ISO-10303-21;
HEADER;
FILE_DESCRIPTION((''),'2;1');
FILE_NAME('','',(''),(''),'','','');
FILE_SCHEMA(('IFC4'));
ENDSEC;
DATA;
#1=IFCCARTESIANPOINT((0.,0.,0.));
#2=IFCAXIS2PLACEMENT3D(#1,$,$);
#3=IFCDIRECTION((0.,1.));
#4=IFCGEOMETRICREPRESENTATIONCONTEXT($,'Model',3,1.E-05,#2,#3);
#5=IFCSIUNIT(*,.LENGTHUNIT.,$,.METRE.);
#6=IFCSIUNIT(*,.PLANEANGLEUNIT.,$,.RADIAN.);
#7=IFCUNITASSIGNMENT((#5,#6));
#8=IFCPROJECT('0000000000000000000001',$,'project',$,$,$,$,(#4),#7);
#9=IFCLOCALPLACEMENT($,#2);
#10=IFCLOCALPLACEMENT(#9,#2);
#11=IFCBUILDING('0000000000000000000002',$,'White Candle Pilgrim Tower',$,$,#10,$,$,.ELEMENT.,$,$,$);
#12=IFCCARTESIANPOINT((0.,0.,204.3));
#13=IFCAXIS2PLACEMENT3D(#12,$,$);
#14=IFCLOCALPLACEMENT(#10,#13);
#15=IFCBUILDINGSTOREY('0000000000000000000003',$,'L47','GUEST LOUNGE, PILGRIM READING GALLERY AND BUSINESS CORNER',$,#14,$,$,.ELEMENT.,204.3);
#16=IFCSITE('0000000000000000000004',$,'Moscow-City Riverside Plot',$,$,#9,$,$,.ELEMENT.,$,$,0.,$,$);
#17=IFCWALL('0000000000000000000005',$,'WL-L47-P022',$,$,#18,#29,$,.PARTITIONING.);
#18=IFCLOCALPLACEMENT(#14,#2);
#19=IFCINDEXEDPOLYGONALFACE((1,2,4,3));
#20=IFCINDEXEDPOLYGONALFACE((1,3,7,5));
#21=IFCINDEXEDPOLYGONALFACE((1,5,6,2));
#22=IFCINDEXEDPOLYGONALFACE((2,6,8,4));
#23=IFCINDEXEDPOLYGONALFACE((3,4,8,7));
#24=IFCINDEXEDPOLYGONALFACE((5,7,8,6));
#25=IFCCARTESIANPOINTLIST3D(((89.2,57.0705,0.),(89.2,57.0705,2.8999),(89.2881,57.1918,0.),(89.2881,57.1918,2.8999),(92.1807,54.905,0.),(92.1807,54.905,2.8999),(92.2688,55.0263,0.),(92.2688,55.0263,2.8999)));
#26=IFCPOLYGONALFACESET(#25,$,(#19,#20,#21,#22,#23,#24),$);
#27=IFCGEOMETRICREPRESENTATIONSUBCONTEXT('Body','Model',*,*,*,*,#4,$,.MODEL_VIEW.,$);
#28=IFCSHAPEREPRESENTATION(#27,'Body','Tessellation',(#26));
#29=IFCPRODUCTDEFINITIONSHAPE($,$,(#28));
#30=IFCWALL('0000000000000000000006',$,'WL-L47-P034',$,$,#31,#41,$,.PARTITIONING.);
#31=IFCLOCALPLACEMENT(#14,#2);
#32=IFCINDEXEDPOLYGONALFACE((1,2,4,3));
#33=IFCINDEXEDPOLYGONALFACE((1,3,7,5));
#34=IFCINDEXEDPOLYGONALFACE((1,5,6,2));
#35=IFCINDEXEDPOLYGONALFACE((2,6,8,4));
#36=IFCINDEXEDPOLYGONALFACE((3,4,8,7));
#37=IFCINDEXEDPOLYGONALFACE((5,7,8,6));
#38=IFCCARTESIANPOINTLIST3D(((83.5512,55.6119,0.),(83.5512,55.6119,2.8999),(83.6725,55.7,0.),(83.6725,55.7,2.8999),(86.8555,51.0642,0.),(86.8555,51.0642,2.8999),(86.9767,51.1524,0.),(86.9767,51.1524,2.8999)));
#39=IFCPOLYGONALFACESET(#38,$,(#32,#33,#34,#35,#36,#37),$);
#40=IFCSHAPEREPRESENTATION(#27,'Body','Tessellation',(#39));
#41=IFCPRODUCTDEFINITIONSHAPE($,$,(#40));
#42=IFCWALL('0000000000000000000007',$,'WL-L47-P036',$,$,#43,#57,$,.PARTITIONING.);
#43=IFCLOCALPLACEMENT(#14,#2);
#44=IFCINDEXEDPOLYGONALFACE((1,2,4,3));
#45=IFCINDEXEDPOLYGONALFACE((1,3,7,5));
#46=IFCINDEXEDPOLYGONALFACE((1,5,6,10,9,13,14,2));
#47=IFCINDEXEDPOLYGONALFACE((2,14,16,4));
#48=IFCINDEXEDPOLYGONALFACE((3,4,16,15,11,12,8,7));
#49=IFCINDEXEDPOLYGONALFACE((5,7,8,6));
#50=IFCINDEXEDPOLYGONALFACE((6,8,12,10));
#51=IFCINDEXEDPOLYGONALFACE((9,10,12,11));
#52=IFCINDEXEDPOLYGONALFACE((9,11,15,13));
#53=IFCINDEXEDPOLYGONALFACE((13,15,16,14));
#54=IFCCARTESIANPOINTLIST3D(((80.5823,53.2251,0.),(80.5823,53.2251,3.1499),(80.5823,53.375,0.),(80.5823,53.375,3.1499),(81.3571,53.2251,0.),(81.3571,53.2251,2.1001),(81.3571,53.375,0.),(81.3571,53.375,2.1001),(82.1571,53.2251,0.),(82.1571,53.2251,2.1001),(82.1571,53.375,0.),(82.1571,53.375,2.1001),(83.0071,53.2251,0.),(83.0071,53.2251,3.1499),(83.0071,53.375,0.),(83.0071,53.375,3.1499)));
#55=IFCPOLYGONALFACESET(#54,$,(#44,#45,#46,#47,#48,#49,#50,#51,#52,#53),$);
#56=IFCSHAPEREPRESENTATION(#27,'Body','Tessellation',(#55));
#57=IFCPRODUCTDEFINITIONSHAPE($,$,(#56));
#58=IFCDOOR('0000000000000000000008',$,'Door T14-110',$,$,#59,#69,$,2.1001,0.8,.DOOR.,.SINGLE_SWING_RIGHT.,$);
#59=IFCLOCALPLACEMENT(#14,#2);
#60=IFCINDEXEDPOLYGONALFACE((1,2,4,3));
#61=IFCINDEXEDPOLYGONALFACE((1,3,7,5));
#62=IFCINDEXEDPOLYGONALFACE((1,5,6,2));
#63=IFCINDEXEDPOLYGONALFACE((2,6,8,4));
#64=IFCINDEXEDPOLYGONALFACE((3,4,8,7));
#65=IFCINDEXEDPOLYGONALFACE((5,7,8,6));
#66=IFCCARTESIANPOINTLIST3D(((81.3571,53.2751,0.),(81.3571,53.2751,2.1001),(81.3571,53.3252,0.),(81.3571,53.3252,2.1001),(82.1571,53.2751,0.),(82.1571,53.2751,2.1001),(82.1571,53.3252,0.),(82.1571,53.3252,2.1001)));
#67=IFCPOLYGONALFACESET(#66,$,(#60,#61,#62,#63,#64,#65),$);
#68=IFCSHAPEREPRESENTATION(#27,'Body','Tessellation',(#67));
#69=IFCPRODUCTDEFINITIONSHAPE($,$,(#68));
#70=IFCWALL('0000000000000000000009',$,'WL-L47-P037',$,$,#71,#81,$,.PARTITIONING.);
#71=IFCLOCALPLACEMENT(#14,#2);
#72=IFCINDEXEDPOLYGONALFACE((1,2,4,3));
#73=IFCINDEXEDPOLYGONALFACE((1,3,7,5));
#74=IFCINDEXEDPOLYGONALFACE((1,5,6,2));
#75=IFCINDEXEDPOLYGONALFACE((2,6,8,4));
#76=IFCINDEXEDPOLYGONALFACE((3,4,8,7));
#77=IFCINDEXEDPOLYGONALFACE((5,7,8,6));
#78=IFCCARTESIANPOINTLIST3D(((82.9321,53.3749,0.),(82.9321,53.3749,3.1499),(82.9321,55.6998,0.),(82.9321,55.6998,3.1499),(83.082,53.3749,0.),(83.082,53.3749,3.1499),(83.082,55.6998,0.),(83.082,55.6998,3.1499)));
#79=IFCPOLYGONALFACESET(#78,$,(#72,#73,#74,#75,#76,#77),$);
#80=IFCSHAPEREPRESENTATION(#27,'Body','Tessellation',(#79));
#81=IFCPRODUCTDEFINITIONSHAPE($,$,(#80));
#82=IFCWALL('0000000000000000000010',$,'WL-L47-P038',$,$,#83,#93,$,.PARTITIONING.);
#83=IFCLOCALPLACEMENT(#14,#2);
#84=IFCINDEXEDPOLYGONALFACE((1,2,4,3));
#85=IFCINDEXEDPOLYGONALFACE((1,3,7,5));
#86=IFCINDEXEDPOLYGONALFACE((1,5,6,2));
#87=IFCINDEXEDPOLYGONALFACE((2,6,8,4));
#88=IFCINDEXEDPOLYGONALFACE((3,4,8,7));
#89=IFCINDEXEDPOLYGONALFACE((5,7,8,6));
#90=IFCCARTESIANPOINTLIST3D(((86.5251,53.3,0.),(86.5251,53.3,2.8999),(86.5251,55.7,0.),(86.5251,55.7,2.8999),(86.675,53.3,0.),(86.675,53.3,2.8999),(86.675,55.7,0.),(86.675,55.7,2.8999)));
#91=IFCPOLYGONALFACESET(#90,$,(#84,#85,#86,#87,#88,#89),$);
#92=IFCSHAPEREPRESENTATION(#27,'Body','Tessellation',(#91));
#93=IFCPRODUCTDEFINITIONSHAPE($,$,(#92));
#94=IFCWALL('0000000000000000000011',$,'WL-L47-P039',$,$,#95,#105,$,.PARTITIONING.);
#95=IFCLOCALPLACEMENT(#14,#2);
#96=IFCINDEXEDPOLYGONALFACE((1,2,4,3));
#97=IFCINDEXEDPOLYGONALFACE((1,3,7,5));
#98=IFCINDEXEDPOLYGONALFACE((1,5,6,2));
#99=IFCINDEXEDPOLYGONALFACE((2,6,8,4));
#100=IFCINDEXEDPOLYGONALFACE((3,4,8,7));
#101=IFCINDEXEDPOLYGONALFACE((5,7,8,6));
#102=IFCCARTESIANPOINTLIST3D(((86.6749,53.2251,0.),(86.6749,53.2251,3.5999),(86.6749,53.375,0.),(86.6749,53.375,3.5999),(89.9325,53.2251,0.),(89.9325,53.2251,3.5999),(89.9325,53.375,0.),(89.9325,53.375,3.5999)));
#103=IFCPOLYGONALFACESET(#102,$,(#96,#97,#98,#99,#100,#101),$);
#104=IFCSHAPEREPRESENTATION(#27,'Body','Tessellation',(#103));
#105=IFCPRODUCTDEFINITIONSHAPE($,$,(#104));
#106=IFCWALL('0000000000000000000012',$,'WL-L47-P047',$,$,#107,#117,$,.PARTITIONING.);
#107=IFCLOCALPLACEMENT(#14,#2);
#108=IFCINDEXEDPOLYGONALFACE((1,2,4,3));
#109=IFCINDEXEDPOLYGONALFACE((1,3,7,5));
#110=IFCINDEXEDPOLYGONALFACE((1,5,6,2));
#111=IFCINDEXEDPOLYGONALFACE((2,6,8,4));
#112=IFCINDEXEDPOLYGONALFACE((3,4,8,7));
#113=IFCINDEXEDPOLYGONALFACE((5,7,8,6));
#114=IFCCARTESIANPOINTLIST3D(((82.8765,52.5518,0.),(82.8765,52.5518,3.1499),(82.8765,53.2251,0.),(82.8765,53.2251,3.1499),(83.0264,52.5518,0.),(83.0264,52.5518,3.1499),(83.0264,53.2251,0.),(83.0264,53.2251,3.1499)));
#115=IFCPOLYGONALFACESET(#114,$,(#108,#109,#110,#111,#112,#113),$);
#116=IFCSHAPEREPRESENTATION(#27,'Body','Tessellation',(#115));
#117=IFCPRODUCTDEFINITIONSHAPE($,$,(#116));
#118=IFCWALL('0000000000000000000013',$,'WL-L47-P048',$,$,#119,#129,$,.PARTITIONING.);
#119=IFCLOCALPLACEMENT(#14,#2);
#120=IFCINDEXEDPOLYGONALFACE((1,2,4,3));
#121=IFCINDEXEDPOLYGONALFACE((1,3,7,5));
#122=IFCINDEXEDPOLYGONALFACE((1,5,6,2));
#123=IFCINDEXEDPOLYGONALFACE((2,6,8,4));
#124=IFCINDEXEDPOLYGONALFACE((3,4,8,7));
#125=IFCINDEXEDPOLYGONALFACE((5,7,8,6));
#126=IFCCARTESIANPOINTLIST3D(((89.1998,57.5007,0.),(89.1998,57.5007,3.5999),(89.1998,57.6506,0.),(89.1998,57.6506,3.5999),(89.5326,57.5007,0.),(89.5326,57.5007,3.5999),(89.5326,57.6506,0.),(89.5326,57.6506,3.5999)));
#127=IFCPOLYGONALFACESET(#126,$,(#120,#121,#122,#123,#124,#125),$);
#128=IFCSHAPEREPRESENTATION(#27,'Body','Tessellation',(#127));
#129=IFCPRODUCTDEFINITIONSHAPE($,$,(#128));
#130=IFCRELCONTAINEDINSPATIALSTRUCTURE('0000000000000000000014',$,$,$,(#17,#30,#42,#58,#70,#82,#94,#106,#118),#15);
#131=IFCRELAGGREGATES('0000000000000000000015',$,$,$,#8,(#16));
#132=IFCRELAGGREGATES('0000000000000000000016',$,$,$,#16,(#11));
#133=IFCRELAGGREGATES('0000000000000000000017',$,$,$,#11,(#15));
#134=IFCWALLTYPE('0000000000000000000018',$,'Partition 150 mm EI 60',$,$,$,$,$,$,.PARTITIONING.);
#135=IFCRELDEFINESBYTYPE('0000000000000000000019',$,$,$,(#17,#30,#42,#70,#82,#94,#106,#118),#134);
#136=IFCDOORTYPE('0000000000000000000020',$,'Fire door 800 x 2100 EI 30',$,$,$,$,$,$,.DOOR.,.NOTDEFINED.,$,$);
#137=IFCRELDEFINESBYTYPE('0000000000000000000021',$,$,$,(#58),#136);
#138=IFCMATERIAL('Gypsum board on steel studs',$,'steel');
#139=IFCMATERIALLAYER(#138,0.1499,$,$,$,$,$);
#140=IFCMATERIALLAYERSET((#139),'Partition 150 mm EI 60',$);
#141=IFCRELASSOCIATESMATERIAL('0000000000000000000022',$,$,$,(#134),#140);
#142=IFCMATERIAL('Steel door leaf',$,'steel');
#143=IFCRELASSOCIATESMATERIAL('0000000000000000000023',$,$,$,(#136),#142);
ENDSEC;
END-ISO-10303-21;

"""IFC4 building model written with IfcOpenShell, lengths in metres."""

from ifc_helpers import new_model, si_unit, direction, frame, frame_2d, origin, place, context, subcontext, project, spatial, rectangle, extrude, material, layer, layer_set, type_object, element, fill, save


model = new_model("IFC4")

# Units and contexts
model_context = context("Model", 3, precision=1e-05, world=origin(), true_north=direction((0.0, 1.0)))
body_context = subcontext(model_context, "Body", "Model", "MODEL_VIEW")
ifc_project = project(units=[si_unit("LENGTHUNIT", "METRE"), si_unit("PLANEANGLEUNIT", "RADIAN")], contexts=[model_context])

# Site, building, storey
site_placement = place(None, origin())
site = spatial("IfcSite", under=ifc_project, at=site_placement, Name="Moscow-City Riverside Plot", CompositionType="ELEMENT", RefElevation=0.0)
building_placement = place(site_placement, origin())
building = spatial("IfcBuilding", under=site, at=building_placement, Name="White Candle Pilgrim Tower", CompositionType="ELEMENT")
storey_placement = place(building_placement, frame((0.0, 0.0, 204.3)))
storey = spatial("IfcBuildingStorey", under=building, at=storey_placement, Name="L47", Description="GUEST LOUNGE, PILGRIM READING GALLERY AND BUSINESS CORNER", CompositionType="ELEMENT", Elevation=204.3)

# Shared definitions
ifc_material_1 = material(Name="Gypsum board on steel studs", Category="steel")
ifc_material_2 = material(Name="Steel door leaf", Category="steel")

# Walls
ifc_layer_1 = layer(ifc_material_1, 0.1499)
ifc_layer_set_1 = layer_set([ifc_layer_1], Name="Partition 150 mm EI 60")
wall_type_1 = type_object("IfcWallType", Name="Partition 150 mm EI 60", PredefinedType="PARTITIONING", material=ifc_layer_set_1)
wall_1_placement = place(storey_placement, frame((92.2249, 54.9656, 0.0), z_axis=(0.0, 0.0, 1.0), x_axis=(-0.809028, 0.58777, 0.0)))
element("IfcWall", 1, at=wall_1_placement, inside=storey, type_object=wall_type_1, Name="WL-L47-P022", PredefinedType="PARTITIONING", context=body_context, shape_type="SweptSolid", body=[
    extrude(rectangle(XDim=3.6843, YDim=0.1499, at=frame_2d((1.8423, 0.0))), origin(), (0.0, 0.0, 1.0), 2.8999),
])
wall_2_placement = place(storey_placement, frame((86.916, 51.1084, 0.0), z_axis=(0.0, 0.0, 1.0), x_axis=(-0.587805, 0.809003, 0.0)))
element("IfcWall", 2, at=wall_2_placement, inside=storey, type_object=wall_type_1, Name="WL-L47-P034", PredefinedType="PARTITIONING", context=body_context, shape_type="SweptSolid", body=[
    extrude(rectangle(XDim=5.6213, YDim=0.1499, at=frame_2d((2.8105, 0.0))), origin(), (0.0, 0.0, 1.0), 2.8999),
])

# Wall, opening, door
wall_3_placement = place(storey_placement, frame((83.0071, 53.3, 0.0), z_axis=(0.0, 0.0, 1.0), x_axis=(-1.0, 0.0, 0.0)))
wall_3 = element("IfcWall", 3, at=wall_3_placement, inside=storey, type_object=wall_type_1, Name="WL-L47-P036", PredefinedType="PARTITIONING", context=body_context, shape_type="SweptSolid", body=[
    extrude(rectangle(XDim=2.4248, YDim=0.1499, at=frame_2d((1.2124, 0.0))), origin(), (0.0, 0.0, 1.0), 3.1499),
])
opening_1_placement = place(wall_3_placement, frame((0.8501, 0.0, 0.0)))
opening_1 = element("IfcOpeningElement", 4, at=opening_1_placement, cuts=wall_3, PredefinedType="OPENING", context=body_context, shape_type="SweptSolid", body=[
    extrude(rectangle(XDim=0.8, YDim=2.1001, at=frame_2d((0.3999, 1.05))), frame((0.0, 0.085, 0.0), z_axis=(0.0, -1.0, 0.0), x_axis=(1.0, 0.0, 0.0)), (0.0, 0.0, 1.0), 0.1699),
])
door_type_1 = type_object("IfcDoorType", Name="Fire door 800 x 2100 EI 30", OperationType="NOTDEFINED", PredefinedType="DOOR", material=ifc_material_2)
door_1_placement = place(opening_1_placement, origin())
door_1 = element("IfcDoor", 5, at=door_1_placement, inside=storey, type_object=door_type_1, Name="Door T14-110", OperationType="SINGLE_SWING_RIGHT", OverallHeight=2.1001, OverallWidth=0.8, PredefinedType="DOOR", context=body_context, shape_type="SweptSolid", body=[
    extrude(rectangle(XDim=0.8, YDim=2.1001, at=frame_2d((0.3999, 1.05))), frame((0.0, 0.0249, 0.0), z_axis=(0.0, -1.0, 0.0), x_axis=(1.0, 0.0, 0.0)), (0.0, 0.0, 1.0), 0.05),
])
fill(opening_1, door_1)

# Walls
wall_4_placement = place(storey_placement, frame((83.0071, 55.7, 0.0), z_axis=(0.0, 0.0, 1.0), x_axis=(0.0, -1.0, 0.0)))
element("IfcWall", 6, at=wall_4_placement, inside=storey, type_object=wall_type_1, Name="WL-L47-P037", PredefinedType="PARTITIONING", context=body_context, shape_type="SweptSolid", body=[
    extrude(rectangle(XDim=2.325, YDim=0.1499, at=frame_2d((1.1626, 0.0))), origin(), (0.0, 0.0, 1.0), 3.1499),
])
wall_5_placement = place(storey_placement, frame((86.6001, 55.7, 0.0), z_axis=(0.0, 0.0, 1.0), x_axis=(0.0, -1.0, 0.0)))
element("IfcWall", 7, at=wall_5_placement, inside=storey, type_object=wall_type_1, Name="WL-L47-P038", PredefinedType="PARTITIONING", context=body_context, shape_type="SweptSolid", body=[
    extrude(rectangle(XDim=2.3999, YDim=0.1499, at=frame_2d((1.2, 0.0))), origin(), (0.0, 0.0, 1.0), 2.8999),
])
wall_6_placement = place(storey_placement, frame((89.9326, 53.3, 0.0), z_axis=(0.0, 0.0, 1.0), x_axis=(-1.0, 0.0, 0.0)))
element("IfcWall", 8, at=wall_6_placement, inside=storey, type_object=wall_type_1, Name="WL-L47-P039", PredefinedType="PARTITIONING", context=body_context, shape_type="SweptSolid", body=[
    extrude(rectangle(XDim=3.2576, YDim=0.1499, at=frame_2d((1.6289, 0.0))), origin(), (0.0, 0.0, 1.0), 3.5999),
])
wall_7_placement = place(storey_placement, frame((82.9514, 52.5518, 0.0), z_axis=(0.0, 0.0, 1.0), x_axis=(0.0, 1.0, 0.0)))
element("IfcWall", 9, at=wall_7_placement, inside=storey, type_object=wall_type_1, Name="WL-L47-P047", PredefinedType="PARTITIONING", context=body_context, shape_type="SweptSolid", body=[
    extrude(rectangle(XDim=0.6733, YDim=0.1499, at=frame_2d((0.3367, 0.0))), origin(), (0.0, 0.0, 1.0), 3.1499),
])
wall_8_placement = place(storey_placement, frame((89.5327, 57.5757, 0.0), z_axis=(0.0, 0.0, 1.0), x_axis=(-1.0, 0.0, 0.0)))
element("IfcWall", 10, at=wall_8_placement, inside=storey, type_object=wall_type_1, Name="WL-L47-P048", PredefinedType="PARTITIONING", context=body_context, shape_type="SweptSolid", body=[
    extrude(rectangle(XDim=0.3328, YDim=0.1499, at=frame_2d((0.1665, 0.0))), origin(), (0.0, 0.0, 1.0), 3.5999),
])

save(model, "model.ifc")
